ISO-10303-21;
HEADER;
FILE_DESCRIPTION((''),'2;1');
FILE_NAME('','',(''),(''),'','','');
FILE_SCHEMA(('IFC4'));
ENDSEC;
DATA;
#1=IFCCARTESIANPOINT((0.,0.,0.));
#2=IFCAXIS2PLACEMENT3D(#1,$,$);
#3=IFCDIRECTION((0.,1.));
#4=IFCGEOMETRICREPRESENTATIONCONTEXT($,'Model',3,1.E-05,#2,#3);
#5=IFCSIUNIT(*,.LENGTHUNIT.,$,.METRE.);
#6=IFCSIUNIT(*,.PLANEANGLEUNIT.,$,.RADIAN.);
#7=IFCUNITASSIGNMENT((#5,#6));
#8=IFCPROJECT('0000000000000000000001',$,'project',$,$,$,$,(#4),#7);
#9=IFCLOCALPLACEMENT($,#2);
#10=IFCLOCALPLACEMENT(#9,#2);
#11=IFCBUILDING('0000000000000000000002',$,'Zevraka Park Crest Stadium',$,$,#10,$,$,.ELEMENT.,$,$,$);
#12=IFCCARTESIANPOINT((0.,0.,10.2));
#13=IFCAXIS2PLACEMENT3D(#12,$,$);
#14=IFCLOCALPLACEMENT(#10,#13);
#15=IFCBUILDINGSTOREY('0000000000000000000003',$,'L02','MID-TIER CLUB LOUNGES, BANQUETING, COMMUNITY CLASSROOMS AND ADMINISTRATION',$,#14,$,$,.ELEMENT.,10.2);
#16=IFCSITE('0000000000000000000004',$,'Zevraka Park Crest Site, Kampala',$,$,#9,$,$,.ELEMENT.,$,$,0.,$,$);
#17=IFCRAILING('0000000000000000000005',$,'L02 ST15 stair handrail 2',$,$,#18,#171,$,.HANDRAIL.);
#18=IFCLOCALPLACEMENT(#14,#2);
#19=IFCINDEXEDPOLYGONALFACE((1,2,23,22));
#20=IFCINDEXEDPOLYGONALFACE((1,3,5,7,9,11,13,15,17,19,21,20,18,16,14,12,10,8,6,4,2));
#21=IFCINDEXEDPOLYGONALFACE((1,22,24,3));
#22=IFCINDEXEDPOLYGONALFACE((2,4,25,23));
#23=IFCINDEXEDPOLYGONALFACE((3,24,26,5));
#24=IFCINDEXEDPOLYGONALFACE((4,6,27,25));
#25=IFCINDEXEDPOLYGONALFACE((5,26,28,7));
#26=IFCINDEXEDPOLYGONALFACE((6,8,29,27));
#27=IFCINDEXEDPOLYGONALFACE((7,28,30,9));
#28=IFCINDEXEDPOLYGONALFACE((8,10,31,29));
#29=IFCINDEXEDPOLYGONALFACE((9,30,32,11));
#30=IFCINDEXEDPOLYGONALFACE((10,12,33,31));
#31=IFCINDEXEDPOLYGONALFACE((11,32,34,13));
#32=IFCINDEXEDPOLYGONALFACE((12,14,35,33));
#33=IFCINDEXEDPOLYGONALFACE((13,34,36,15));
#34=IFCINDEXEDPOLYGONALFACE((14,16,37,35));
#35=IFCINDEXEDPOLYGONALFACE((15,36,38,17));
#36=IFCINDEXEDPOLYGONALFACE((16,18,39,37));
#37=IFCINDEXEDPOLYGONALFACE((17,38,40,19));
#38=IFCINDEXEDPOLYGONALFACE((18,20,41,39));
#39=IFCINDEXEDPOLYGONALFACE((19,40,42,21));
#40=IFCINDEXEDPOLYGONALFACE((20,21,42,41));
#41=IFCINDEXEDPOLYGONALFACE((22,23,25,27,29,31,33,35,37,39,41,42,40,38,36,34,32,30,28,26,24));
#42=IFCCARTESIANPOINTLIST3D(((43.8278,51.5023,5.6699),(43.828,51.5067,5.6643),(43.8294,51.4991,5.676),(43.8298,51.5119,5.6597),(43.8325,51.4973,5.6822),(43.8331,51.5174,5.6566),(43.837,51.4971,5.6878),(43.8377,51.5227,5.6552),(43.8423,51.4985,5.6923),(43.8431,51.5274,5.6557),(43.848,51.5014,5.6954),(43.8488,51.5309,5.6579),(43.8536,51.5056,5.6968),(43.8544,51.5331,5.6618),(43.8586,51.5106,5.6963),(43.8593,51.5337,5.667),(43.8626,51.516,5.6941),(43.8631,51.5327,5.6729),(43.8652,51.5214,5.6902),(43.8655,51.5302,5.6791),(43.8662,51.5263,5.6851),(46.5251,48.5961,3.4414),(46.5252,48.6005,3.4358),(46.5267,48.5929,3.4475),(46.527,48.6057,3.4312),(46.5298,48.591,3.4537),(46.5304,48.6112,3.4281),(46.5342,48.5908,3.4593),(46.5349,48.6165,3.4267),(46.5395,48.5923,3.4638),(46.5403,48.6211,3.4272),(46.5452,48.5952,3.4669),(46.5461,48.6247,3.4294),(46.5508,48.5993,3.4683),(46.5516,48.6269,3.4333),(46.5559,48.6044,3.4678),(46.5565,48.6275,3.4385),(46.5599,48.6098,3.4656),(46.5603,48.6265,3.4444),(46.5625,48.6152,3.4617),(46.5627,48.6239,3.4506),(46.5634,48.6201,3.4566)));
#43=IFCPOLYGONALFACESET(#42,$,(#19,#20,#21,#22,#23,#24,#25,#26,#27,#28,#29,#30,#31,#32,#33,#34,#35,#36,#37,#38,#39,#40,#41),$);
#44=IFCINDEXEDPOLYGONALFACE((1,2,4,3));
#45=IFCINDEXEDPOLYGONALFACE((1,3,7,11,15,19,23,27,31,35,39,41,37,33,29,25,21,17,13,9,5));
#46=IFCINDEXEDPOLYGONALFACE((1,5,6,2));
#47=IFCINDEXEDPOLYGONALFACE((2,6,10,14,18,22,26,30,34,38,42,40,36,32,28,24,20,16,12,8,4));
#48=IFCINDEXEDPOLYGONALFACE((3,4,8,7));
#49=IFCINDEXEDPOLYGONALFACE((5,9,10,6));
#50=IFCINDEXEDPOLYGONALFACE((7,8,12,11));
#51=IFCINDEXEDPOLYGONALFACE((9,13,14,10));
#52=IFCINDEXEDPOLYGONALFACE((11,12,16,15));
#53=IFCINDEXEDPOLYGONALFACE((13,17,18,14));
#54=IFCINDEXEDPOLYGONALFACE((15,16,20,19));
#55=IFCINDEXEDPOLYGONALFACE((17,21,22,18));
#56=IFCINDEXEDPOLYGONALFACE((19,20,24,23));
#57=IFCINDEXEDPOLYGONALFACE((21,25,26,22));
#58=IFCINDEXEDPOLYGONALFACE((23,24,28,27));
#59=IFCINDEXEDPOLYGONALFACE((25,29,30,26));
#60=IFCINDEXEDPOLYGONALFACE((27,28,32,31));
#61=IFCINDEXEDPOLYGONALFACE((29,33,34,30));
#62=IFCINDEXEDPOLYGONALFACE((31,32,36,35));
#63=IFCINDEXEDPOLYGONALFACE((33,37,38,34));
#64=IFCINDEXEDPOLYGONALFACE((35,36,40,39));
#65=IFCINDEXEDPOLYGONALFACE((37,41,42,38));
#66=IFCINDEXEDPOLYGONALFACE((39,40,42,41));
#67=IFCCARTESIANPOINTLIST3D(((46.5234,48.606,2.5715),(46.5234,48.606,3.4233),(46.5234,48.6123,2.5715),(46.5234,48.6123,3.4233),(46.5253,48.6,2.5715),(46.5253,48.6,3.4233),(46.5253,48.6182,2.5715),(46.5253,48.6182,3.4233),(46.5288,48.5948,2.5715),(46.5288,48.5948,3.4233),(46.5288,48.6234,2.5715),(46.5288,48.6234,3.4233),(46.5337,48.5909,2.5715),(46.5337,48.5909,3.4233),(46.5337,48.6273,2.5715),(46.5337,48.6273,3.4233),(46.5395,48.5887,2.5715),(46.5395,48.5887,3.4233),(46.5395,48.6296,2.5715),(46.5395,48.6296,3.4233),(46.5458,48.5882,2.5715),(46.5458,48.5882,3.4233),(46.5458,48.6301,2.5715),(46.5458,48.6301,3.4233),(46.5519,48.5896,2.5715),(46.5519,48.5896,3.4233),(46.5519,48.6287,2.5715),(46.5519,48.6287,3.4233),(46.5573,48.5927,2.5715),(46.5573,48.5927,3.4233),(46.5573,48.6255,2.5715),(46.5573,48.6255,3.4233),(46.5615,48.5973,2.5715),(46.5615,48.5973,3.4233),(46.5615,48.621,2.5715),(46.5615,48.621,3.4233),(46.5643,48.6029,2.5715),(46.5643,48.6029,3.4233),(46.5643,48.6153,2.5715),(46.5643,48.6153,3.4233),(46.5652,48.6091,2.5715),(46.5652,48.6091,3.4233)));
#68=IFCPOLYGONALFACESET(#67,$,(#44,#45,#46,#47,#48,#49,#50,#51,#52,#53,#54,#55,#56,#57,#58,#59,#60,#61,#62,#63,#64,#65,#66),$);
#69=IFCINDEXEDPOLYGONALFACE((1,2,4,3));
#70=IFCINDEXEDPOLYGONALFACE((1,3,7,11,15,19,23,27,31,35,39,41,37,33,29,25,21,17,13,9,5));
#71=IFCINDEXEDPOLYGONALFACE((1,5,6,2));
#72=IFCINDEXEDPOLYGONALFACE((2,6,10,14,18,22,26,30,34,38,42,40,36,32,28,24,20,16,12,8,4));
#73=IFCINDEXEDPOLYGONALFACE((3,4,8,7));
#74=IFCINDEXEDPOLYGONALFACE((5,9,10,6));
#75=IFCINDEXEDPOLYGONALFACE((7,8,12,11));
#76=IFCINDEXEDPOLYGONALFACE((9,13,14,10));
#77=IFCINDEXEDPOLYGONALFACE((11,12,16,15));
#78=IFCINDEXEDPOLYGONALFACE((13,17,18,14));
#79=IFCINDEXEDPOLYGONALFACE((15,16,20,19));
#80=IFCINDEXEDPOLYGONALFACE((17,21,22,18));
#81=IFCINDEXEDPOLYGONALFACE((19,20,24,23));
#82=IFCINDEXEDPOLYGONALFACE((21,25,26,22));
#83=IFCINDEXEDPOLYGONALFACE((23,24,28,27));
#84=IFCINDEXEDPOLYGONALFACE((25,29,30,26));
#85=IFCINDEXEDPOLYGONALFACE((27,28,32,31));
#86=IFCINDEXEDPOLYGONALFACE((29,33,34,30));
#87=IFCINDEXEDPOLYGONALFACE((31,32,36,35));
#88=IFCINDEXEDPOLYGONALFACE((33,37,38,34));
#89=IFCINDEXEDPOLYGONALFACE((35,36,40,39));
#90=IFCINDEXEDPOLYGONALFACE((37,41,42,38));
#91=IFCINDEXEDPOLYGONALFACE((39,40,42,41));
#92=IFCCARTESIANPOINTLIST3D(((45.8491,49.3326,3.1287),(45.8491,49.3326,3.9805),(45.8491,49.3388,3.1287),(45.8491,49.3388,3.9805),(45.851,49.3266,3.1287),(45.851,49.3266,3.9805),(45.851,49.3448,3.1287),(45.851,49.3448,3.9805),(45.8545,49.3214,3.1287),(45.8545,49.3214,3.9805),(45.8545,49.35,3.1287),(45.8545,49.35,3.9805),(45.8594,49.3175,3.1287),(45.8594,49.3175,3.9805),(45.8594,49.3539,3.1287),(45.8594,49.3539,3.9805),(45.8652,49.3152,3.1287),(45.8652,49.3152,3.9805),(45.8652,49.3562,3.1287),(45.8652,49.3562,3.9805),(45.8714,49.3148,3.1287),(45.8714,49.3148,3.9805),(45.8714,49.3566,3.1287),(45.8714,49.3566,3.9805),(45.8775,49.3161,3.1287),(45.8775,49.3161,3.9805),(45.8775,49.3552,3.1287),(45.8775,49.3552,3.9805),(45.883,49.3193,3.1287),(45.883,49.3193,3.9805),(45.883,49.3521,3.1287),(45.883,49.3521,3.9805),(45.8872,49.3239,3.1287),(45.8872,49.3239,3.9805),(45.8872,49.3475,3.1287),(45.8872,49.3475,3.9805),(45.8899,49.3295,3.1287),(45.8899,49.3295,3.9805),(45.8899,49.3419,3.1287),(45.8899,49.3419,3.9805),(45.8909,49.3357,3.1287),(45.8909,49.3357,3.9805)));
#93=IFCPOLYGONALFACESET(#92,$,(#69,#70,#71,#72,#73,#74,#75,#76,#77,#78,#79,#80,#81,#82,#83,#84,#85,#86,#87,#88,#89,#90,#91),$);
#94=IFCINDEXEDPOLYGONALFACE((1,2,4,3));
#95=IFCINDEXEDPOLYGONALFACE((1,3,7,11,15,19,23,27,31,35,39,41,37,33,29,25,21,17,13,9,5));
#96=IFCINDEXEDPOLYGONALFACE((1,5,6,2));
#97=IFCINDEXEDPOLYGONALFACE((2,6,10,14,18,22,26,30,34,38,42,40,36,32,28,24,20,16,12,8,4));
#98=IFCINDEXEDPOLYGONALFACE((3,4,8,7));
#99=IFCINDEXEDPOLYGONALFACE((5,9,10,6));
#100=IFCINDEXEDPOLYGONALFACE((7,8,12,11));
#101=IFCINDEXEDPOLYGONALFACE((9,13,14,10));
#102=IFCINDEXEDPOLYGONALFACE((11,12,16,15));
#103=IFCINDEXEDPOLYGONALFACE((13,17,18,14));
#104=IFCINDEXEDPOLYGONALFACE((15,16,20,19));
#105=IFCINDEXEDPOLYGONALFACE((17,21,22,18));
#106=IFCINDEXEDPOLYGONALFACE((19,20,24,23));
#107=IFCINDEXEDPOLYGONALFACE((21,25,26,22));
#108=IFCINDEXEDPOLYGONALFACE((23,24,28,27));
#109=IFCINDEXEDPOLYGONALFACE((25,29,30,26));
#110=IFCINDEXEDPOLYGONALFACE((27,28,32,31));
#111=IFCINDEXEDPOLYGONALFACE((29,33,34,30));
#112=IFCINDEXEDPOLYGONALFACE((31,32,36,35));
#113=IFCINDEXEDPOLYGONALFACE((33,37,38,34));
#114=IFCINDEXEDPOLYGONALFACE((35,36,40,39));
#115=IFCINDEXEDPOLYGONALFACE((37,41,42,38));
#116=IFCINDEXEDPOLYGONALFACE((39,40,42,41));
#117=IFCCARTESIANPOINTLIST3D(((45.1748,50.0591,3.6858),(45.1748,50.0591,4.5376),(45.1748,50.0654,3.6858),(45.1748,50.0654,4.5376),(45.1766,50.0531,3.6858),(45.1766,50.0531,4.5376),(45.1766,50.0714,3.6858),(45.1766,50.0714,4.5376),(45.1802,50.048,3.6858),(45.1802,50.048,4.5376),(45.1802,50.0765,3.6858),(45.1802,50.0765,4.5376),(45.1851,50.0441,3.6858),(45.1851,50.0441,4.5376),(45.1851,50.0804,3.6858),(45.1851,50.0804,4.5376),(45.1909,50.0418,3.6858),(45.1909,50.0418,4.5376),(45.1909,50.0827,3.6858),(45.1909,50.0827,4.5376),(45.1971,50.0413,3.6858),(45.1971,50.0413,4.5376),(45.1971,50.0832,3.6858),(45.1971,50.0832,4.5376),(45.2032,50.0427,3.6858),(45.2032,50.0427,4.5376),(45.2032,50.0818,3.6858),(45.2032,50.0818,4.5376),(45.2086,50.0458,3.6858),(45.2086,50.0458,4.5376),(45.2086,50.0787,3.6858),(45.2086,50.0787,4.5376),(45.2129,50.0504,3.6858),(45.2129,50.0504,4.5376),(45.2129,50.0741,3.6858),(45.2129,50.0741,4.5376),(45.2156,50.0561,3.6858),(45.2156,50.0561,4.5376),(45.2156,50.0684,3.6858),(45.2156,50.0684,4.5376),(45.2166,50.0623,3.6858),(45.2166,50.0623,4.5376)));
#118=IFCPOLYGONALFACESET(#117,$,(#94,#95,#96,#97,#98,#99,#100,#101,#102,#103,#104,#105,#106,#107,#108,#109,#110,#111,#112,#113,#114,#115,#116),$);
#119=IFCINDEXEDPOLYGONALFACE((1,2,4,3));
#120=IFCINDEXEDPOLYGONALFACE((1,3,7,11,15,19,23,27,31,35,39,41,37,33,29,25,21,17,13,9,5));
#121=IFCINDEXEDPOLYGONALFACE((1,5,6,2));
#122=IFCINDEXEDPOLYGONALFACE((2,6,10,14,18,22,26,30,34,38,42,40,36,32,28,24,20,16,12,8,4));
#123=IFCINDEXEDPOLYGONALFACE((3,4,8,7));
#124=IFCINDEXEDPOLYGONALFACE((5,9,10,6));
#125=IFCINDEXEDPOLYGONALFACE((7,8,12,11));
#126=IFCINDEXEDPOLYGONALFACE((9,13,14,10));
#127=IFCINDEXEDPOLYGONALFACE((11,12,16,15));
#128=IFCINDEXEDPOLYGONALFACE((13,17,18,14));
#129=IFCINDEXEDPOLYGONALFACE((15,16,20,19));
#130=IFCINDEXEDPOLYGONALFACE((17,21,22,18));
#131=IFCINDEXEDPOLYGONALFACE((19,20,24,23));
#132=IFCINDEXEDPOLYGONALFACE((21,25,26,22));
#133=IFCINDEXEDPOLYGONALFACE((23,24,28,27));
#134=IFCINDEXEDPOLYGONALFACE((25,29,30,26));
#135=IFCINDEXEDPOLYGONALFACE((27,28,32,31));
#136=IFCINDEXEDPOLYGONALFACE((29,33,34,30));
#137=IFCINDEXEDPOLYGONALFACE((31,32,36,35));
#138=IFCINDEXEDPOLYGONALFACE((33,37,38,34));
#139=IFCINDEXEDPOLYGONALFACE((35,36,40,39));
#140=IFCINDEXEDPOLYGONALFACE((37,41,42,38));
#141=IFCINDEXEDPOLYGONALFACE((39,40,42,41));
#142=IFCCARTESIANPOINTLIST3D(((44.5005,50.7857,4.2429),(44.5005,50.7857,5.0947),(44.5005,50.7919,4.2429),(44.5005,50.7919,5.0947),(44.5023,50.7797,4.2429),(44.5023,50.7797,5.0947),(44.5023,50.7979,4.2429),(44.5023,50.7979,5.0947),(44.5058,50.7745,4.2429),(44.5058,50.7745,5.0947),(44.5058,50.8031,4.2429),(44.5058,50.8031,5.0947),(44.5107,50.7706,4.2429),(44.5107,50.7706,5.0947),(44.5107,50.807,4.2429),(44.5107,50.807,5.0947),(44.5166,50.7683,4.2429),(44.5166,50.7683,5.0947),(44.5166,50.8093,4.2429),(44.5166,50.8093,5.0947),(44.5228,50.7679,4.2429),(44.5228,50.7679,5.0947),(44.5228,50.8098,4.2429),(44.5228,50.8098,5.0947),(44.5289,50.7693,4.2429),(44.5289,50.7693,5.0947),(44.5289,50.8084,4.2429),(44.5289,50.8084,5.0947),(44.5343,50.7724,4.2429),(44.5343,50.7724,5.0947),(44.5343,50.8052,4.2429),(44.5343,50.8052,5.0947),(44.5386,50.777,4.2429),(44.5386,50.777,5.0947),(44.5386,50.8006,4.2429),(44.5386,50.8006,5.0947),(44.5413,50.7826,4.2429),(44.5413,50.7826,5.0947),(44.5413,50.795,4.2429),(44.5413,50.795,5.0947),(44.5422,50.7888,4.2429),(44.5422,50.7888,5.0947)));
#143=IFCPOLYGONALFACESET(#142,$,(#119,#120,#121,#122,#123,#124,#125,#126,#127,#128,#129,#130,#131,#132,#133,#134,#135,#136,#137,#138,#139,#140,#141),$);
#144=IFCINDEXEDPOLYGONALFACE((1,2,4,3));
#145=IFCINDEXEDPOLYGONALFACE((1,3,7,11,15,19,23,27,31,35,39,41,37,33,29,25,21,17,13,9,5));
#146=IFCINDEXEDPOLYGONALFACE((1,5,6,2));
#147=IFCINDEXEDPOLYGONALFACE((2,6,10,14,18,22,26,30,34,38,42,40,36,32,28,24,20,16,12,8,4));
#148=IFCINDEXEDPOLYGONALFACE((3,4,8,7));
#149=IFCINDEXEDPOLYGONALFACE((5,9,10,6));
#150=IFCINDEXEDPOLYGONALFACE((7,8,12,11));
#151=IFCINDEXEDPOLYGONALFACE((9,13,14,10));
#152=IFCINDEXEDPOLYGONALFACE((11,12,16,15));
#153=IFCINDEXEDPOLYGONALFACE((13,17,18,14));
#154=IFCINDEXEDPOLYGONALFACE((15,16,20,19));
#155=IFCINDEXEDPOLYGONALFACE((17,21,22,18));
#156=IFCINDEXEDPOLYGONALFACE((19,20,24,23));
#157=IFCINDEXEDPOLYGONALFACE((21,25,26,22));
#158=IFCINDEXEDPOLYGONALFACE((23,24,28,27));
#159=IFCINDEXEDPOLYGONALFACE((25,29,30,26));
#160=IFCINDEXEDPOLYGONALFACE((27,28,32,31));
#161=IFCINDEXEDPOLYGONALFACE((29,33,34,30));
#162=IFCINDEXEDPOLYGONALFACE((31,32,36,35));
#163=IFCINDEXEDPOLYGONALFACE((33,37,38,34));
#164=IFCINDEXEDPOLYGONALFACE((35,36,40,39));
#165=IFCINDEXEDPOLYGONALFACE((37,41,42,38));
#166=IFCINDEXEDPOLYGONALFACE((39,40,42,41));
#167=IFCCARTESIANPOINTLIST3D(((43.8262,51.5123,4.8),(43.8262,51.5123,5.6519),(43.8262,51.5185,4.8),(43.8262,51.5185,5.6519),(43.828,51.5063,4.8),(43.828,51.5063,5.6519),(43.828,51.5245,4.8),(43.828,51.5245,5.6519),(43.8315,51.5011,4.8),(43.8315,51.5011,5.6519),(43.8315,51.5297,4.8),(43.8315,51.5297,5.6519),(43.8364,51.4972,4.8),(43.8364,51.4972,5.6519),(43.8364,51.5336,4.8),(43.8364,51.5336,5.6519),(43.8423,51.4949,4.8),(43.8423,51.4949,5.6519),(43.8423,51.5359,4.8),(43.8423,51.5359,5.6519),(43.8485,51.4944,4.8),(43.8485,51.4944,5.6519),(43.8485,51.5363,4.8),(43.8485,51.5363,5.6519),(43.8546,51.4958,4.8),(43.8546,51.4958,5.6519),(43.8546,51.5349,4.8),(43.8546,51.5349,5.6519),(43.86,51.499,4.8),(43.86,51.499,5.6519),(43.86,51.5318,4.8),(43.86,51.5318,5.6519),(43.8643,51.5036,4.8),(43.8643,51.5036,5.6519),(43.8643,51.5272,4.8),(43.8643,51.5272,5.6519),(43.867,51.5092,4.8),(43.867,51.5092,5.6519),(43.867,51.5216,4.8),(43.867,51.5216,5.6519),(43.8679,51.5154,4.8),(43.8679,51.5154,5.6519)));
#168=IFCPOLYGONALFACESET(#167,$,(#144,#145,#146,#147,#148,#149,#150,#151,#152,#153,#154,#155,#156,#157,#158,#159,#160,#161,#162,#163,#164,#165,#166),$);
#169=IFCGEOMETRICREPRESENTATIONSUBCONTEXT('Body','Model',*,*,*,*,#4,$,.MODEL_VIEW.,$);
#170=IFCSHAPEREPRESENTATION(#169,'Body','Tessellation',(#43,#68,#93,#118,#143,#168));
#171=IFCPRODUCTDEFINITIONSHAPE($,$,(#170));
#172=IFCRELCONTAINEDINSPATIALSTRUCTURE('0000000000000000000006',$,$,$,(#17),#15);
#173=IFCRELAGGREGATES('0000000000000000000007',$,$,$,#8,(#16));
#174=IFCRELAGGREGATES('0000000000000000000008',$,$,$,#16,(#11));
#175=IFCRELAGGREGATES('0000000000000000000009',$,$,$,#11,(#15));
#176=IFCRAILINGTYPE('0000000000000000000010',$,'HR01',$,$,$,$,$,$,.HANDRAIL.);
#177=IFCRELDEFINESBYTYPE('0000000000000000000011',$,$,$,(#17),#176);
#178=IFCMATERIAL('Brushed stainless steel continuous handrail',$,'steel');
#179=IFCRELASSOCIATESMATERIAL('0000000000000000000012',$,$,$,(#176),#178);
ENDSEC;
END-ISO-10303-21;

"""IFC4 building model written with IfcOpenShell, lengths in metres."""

from ifc_helpers import new_model, si_unit, direction, frame, origin, origin_2d, place, context, subcontext, project, spatial, circle, extrude, material, type_object, element, save


model = new_model("IFC4")

# Units and contexts
model_context = context("Model", 3, precision=1e-05, world=origin(), true_north=direction((0.0, 1.0)))
body_context = subcontext(model_context, "Body", "Model", "MODEL_VIEW")
ifc_project = project(units=[si_unit("LENGTHUNIT", "METRE"), si_unit("PLANEANGLEUNIT", "RADIAN")], contexts=[model_context])

# Site, building, storey
site_placement = place(None, origin())
site = spatial("IfcSite", under=ifc_project, at=site_placement, Name="Zevraka Park Crest Site, Kampala", CompositionType="ELEMENT", RefElevation=0.0)
building_placement = place(site_placement, origin())
building = spatial("IfcBuilding", under=site, at=building_placement, Name="Zevraka Park Crest Stadium", CompositionType="ELEMENT")
storey_placement = place(building_placement, frame((0.0, 0.0, 10.2)))
storey = spatial("IfcBuildingStorey", under=building, at=storey_placement, Name="L02", Description="MID-TIER CLUB LOUNGES, BANQUETING, COMMUNITY CLASSROOMS AND ADMINISTRATION", CompositionType="ELEMENT", Elevation=10.2)

# Railing
ifc_material_1 = material(Name="Brushed stainless steel continuous handrail", Category="steel")
railing_type_1 = type_object("IfcRailingType", Name="HR01", PredefinedType="HANDRAIL", material=ifc_material_1)
railing_1_placement = place(storey_placement, frame((46.5442, 48.6091, 2.5715)))
element("IfcRailing", 1, at=railing_1_placement, inside=storey, type_object=railing_type_1, Name="L02 ST15 stair handrail 2", PredefinedType="HANDRAIL", context=body_context, shape_type="SweptSolid", body=[
    extrude(circle(Radius=0.0239, at=origin_2d()), frame((0.0, 0.0, 0.876), z_axis=(-0.593016, 0.638963, 0.489957), x_axis=(-0.732969, -0.680262, 0.0)), (0.0, 0.0, 1.0), 4.5483),
    extrude(circle(Radius=0.021, at=origin_2d()), origin(), (0.0, 0.0, 1.0), 0.8518),
    extrude(circle(Radius=0.021, at=origin_2d()), frame((-0.6743, 0.7266, 0.5571)), (0.0, 0.0, 1.0), 0.8518),
    extrude(circle(Radius=0.021, at=origin_2d()), frame((-1.3486, 1.4531, 1.1143)), (0.0, 0.0, 1.0), 0.8518),
    extrude(circle(Radius=0.021, at=origin_2d()), frame((-2.0229, 2.1797, 1.6714)), (0.0, 0.0, 1.0), 0.8518),
    extrude(circle(Radius=0.021, at=origin_2d()), frame((-2.6973, 2.9062, 2.2285)), (0.0, 0.0, 1.0), 0.8518),
])

save(model, "model.ifc")
